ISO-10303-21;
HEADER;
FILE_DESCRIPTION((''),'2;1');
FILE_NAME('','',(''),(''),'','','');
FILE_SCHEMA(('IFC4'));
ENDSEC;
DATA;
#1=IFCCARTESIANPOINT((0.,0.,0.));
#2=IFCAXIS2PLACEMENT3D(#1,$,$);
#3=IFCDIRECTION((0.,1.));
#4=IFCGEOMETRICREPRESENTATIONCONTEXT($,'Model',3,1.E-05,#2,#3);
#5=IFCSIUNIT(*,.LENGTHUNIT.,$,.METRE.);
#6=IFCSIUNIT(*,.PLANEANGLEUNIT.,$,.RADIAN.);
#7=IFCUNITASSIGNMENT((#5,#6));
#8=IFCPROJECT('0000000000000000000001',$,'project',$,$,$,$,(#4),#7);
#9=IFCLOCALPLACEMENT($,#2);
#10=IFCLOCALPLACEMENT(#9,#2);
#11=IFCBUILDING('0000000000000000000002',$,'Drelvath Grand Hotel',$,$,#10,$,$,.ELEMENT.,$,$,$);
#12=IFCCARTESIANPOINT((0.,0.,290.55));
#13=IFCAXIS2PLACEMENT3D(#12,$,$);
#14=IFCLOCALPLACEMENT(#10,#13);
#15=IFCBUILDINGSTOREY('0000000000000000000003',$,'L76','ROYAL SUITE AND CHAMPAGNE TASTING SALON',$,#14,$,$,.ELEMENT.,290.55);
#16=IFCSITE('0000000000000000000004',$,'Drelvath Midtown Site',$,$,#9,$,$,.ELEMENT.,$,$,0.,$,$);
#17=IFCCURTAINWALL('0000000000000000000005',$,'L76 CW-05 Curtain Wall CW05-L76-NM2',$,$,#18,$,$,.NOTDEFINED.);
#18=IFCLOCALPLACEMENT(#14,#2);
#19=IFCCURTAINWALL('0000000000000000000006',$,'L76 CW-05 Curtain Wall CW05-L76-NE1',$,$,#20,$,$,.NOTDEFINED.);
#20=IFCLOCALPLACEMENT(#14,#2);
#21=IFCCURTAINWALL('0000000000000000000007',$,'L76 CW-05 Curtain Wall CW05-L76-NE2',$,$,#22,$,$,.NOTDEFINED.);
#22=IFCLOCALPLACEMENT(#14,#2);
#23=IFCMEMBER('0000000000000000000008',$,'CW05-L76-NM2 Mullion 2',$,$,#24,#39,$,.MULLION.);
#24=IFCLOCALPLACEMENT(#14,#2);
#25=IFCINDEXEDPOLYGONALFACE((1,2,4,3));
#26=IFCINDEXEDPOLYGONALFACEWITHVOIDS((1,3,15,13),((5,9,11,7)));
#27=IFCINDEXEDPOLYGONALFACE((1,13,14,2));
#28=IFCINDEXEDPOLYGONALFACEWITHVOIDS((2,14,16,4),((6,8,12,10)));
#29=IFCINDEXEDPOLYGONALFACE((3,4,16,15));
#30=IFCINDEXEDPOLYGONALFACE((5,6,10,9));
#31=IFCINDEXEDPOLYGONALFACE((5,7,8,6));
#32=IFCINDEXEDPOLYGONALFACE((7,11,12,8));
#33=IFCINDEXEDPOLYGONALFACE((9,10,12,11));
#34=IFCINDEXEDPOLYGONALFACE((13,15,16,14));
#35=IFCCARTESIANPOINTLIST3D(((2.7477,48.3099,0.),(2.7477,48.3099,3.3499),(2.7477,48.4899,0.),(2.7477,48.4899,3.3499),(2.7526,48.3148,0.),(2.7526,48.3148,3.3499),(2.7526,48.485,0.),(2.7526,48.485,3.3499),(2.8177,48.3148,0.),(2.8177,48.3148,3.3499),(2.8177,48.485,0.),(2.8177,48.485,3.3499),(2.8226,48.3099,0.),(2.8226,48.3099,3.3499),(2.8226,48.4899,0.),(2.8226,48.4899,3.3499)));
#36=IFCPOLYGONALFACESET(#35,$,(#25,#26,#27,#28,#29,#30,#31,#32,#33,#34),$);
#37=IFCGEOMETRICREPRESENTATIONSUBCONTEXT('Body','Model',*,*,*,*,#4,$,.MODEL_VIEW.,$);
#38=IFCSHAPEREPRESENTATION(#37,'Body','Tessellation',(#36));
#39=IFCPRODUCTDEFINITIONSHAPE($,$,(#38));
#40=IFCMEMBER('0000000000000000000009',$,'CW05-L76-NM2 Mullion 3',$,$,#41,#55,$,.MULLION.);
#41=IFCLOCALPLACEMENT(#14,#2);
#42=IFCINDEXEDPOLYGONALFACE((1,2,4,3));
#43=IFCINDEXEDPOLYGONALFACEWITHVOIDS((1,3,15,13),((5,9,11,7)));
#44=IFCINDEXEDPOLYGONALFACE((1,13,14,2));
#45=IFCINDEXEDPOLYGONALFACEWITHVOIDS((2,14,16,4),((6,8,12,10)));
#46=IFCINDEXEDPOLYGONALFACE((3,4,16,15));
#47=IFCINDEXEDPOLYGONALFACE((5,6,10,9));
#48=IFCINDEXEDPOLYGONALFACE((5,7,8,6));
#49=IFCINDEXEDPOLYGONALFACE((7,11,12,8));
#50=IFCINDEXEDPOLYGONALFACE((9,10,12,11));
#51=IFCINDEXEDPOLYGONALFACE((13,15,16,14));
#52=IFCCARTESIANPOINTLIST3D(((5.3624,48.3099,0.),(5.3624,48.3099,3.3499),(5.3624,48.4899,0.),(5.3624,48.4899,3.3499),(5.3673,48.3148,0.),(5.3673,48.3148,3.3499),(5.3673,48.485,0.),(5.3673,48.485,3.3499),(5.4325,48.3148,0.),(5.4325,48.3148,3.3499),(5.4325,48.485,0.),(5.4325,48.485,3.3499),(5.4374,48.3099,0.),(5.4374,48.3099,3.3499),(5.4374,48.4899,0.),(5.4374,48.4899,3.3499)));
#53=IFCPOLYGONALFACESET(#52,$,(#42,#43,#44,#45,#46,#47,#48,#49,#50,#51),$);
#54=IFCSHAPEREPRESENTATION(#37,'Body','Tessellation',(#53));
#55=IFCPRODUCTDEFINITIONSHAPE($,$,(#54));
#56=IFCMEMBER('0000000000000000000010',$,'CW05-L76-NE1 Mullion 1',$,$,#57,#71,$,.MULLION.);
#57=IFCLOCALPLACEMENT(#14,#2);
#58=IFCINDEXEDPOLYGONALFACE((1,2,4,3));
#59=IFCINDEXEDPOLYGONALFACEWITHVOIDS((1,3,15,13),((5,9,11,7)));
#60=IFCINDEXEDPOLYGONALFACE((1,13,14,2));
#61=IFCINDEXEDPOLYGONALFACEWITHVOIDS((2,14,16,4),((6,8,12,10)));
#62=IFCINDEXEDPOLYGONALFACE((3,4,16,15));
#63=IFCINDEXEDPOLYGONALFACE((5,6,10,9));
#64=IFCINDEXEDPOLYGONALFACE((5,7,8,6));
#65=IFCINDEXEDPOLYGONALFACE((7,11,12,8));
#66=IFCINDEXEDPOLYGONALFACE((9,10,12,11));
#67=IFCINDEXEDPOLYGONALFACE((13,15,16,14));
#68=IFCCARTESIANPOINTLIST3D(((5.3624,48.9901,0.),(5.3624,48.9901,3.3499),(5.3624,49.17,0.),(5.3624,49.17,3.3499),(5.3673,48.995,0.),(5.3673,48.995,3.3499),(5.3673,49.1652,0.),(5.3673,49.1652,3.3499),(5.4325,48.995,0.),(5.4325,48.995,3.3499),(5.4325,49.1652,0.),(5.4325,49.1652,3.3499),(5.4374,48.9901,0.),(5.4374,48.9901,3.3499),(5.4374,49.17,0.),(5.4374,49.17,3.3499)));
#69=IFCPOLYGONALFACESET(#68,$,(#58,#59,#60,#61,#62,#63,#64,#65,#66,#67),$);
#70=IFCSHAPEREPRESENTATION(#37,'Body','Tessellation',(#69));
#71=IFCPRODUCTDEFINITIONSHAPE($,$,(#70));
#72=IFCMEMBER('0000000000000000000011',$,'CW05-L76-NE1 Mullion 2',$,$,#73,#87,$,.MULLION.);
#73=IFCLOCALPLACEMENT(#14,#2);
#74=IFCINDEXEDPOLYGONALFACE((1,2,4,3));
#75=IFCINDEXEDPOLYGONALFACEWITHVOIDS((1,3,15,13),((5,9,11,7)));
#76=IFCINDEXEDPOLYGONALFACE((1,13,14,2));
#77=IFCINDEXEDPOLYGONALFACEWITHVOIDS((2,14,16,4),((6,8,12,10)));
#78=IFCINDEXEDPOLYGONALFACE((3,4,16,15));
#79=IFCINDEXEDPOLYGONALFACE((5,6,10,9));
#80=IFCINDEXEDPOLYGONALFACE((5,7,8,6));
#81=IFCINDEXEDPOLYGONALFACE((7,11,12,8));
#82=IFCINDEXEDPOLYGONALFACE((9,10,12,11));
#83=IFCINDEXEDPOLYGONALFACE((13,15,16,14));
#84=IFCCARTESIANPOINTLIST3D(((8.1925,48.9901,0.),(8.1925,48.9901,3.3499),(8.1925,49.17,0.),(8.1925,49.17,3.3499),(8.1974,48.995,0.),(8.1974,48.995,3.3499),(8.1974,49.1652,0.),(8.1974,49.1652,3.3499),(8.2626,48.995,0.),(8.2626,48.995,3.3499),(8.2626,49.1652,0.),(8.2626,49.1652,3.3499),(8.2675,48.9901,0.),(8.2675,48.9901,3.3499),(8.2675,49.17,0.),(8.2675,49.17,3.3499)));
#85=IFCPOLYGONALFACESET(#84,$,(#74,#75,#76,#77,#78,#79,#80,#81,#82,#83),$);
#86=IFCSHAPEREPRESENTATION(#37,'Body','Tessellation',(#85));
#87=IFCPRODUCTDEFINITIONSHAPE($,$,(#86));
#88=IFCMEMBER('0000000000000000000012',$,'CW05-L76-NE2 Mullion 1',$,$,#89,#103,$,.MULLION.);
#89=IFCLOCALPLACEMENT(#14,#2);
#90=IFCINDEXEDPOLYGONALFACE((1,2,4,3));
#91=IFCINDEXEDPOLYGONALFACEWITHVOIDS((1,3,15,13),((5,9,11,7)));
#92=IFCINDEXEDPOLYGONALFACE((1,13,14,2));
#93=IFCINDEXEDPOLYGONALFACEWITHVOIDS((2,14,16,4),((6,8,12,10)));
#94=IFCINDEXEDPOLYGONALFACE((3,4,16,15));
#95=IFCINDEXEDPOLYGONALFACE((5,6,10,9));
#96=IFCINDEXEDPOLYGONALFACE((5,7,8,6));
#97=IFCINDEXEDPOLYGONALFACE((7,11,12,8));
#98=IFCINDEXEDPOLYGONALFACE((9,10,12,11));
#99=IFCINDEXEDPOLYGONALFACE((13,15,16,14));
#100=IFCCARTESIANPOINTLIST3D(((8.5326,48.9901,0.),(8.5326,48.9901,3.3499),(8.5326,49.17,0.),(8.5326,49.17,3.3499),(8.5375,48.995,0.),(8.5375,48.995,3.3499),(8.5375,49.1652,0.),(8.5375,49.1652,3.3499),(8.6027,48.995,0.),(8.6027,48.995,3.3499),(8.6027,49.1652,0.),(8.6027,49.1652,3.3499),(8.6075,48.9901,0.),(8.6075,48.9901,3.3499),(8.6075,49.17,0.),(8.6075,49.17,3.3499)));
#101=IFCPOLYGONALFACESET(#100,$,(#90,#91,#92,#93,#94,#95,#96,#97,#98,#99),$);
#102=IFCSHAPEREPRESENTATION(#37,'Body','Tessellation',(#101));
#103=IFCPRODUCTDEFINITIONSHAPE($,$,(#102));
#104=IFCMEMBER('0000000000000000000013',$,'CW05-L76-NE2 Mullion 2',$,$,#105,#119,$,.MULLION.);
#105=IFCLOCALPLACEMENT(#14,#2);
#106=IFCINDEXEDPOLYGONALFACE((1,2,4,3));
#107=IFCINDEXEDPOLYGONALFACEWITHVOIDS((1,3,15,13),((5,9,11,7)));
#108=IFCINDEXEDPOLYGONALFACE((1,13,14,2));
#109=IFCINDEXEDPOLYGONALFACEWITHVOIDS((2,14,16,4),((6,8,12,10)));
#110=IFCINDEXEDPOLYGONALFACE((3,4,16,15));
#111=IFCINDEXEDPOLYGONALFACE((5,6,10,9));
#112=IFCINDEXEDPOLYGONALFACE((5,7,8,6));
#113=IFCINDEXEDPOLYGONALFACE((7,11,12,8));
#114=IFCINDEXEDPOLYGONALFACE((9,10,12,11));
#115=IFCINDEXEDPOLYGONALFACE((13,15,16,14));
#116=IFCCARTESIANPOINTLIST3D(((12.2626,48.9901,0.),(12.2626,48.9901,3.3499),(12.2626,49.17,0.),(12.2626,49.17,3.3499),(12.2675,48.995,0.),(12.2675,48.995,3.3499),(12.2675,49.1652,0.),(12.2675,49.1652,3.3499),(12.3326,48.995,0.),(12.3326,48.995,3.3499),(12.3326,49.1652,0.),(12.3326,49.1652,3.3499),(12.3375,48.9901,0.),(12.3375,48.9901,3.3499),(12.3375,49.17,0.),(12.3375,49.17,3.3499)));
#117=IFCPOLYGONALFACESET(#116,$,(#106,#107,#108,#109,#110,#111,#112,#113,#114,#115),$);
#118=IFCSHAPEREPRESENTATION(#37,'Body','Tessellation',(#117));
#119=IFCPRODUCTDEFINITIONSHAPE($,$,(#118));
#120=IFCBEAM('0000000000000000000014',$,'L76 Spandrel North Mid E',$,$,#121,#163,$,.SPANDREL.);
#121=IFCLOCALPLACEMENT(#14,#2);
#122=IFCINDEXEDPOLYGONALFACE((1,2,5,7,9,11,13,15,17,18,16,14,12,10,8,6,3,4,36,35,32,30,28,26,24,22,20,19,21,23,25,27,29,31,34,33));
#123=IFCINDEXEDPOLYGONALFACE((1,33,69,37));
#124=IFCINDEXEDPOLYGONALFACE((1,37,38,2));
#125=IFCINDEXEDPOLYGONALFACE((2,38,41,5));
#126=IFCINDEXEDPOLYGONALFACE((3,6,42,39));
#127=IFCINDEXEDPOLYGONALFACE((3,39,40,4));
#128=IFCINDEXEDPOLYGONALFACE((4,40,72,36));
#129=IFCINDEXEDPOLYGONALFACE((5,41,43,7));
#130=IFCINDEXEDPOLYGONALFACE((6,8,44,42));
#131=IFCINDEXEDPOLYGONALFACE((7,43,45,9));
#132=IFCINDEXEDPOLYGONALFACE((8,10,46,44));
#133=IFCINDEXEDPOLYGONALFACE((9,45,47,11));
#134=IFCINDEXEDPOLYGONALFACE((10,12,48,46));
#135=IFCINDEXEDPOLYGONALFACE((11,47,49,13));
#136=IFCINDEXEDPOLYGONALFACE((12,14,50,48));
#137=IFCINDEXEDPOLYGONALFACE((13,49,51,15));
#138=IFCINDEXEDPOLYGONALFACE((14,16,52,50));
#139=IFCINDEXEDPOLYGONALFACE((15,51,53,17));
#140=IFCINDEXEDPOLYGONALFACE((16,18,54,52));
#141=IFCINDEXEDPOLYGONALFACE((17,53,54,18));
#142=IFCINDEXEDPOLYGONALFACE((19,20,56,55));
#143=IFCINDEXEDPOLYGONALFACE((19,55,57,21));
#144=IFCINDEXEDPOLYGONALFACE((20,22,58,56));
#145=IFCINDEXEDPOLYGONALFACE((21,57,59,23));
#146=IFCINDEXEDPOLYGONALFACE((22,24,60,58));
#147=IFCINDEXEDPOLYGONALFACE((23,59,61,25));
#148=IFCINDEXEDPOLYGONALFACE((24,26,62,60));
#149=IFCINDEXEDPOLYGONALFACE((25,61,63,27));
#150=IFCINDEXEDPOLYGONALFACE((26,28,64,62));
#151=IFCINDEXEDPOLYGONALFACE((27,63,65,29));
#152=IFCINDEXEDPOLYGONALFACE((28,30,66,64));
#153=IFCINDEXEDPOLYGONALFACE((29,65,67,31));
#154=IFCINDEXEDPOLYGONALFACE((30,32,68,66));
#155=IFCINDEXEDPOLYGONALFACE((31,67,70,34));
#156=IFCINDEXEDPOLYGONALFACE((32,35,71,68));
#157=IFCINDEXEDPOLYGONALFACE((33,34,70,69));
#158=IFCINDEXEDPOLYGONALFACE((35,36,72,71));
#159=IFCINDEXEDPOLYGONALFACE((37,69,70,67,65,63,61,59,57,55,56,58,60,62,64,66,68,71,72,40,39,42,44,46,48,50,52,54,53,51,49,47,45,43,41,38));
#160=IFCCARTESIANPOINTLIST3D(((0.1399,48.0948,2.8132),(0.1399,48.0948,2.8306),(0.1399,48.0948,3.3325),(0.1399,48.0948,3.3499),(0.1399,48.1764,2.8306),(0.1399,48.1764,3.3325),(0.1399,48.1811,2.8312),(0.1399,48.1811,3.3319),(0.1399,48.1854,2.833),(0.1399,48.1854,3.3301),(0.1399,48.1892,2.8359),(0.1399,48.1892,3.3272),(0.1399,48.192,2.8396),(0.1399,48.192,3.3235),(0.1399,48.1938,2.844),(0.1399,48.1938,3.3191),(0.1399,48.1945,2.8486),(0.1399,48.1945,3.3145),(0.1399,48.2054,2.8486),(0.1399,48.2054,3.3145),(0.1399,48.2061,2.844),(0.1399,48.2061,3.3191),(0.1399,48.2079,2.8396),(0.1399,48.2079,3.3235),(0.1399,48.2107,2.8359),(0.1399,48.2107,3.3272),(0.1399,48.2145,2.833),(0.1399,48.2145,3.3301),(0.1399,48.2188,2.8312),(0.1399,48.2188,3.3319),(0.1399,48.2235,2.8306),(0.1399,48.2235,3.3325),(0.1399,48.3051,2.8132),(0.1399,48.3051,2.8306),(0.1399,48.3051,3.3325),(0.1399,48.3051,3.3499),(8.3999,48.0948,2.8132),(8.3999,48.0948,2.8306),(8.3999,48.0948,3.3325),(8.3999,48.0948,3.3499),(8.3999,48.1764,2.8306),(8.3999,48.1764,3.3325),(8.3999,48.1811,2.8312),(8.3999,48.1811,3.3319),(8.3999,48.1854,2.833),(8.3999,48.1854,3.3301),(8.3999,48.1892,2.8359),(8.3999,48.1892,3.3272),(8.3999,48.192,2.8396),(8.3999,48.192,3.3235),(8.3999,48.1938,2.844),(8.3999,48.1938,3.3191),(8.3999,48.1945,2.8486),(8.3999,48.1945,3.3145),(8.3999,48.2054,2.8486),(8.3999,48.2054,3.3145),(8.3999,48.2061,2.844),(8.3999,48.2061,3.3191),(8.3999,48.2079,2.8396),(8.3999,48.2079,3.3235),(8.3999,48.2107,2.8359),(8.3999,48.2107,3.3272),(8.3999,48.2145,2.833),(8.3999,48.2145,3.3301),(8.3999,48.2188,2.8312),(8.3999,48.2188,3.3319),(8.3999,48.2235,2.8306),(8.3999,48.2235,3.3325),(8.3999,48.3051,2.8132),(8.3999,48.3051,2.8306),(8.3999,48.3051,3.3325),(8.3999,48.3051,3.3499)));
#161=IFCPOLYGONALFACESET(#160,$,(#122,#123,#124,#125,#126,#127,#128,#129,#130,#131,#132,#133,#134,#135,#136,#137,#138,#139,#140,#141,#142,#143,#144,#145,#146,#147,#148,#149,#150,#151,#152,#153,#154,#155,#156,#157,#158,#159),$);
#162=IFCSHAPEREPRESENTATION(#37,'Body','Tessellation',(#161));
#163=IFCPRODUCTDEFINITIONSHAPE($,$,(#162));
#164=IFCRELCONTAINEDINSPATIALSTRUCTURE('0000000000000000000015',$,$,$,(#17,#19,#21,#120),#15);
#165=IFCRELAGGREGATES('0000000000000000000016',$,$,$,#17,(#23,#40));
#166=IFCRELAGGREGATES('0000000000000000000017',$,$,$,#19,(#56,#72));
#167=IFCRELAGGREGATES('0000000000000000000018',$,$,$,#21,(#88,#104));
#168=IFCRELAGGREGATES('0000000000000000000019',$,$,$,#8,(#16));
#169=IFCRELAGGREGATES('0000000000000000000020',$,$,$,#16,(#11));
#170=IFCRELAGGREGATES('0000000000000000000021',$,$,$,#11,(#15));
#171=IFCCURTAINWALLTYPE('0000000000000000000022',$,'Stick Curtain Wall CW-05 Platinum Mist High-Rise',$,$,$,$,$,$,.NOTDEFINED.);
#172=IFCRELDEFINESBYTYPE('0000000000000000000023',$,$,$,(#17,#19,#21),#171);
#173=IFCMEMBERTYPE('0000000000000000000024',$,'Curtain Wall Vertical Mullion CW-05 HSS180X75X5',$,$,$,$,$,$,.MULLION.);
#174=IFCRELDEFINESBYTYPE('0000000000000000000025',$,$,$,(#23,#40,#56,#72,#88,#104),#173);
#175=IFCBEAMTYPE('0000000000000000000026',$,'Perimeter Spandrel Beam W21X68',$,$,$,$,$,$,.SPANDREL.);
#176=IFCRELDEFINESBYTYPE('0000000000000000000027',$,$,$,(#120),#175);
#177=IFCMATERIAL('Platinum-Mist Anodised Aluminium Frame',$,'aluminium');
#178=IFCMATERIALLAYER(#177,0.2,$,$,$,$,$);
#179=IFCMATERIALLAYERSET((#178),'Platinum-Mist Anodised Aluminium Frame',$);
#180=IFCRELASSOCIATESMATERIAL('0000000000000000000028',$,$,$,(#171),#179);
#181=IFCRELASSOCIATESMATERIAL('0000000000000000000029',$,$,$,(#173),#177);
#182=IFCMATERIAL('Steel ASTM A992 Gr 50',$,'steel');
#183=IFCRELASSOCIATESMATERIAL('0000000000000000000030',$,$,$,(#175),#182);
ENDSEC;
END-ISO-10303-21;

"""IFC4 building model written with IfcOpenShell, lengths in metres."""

from ifc_helpers import new_model, si_unit, direction, frame, origin, origin_2d, place, context, subcontext, project, spatial, hollow_rectangle, i_section, extrude, material, layer, layer_set, material_profile, profile_set, type_object, element, aggregate, save


model = new_model("IFC4")

# Units and contexts
model_context = context("Model", 3, precision=1e-05, world=origin(), true_north=direction((0.0, 1.0)))
body_context = subcontext(model_context, "Body", "Model", "MODEL_VIEW")
ifc_project = project(units=[si_unit("LENGTHUNIT", "METRE"), si_unit("PLANEANGLEUNIT", "RADIAN")], contexts=[model_context])

# Site, building, storey
site_placement = place(None, origin())
site = spatial("IfcSite", under=ifc_project, at=site_placement, Name="Drelvath Midtown Site", CompositionType="ELEMENT", RefElevation=0.0)
building_placement = place(site_placement, origin())
building = spatial("IfcBuilding", under=site, at=building_placement, Name="Drelvath Grand Hotel", CompositionType="ELEMENT")
storey_placement = place(building_placement, frame((0.0, 0.0, 290.55)))
storey = spatial("IfcBuildingStorey", under=building, at=storey_placement, Name="L76", Description="ROYAL SUITE AND CHAMPAGNE TASTING SALON", CompositionType="ELEMENT", Elevation=290.55)

# Curtain walls
ifc_material_1 = material(Name="Platinum-Mist Anodised Aluminium Frame", Category="aluminium")
ifc_layer_1 = layer(ifc_material_1, 0.2)
ifc_layer_set_1 = layer_set([ifc_layer_1], Name="Platinum-Mist Anodised Aluminium Frame")
curtain_wall_type = type_object("IfcCurtainWallType", Name="Stick Curtain Wall CW-05 Platinum Mist High-Rise", PredefinedType="NOTDEFINED", material=ifc_layer_set_1)
curtain_wall_1_placement = place(storey_placement, origin())
curtain_wall_1 = element("IfcCurtainWall", 1, at=curtain_wall_1_placement, inside=storey, type_object=curtain_wall_type, Name="L76 CW-05 Curtain Wall CW05-L76-NM2", PredefinedType="NOTDEFINED")
curtain_wall_2_placement = place(storey_placement, origin())
curtain_wall_2 = element("IfcCurtainWall", 2, at=curtain_wall_2_placement, inside=storey, type_object=curtain_wall_type, Name="L76 CW-05 Curtain Wall CW05-L76-NE1", PredefinedType="NOTDEFINED")
curtain_wall_3_placement = place(storey_placement, origin())
curtain_wall_3 = element("IfcCurtainWall", 3, at=curtain_wall_3_placement, inside=storey, type_object=curtain_wall_type, Name="L76 CW-05 Curtain Wall CW05-L76-NE2", PredefinedType="NOTDEFINED")
ifc_material_profile_1 = material_profile(ifc_material_1, hollow_rectangle(XDim=0.075, YDim=0.1799, WallThickness=0.0049, at=origin_2d()), Name="HSS180X75X5")
ifc_profile_set_1 = profile_set([ifc_material_profile_1], Name="Platinum-Mist Anodised Aluminium Frame")
member_type_1 = type_object("IfcMemberType", Name="Curtain Wall Vertical Mullion CW-05 HSS180X75X5", PredefinedType="MULLION", material=ifc_profile_set_1)

# Members
member_1_placement = place(storey_placement, frame((2.7852, 48.3999, 0.0), z_axis=(0.0, 0.0, 1.0), x_axis=(1.0, 0.0, 0.0)))
member_1 = element("IfcMember", 4, at=member_1_placement, type_object=member_type_1, Name="CW05-L76-NM2 Mullion 2", PredefinedType="MULLION", context=body_context, shape_type="SweptSolid", body=[
    extrude(hollow_rectangle(XDim=0.075, YDim=0.1799, WallThickness=0.0049, at=origin_2d()), origin(), (0.0, 0.0, 1.0), 3.3499),
])
member_2_placement = place(storey_placement, frame((5.3999, 48.3999, 0.0), z_axis=(0.0, 0.0, 1.0), x_axis=(1.0, 0.0, 0.0)))
member_2 = element("IfcMember", 5, at=member_2_placement, type_object=member_type_1, Name="CW05-L76-NM2 Mullion 3", PredefinedType="MULLION", context=body_context, shape_type="SweptSolid", body=[
    extrude(hollow_rectangle(XDim=0.075, YDim=0.1799, WallThickness=0.0049, at=origin_2d()), origin(), (0.0, 0.0, 1.0), 3.3499),
])
member_3_placement = place(storey_placement, frame((5.3999, 49.0801, 0.0), z_axis=(0.0, 0.0, 1.0), x_axis=(1.0, 0.0, 0.0)))
member_3 = element("IfcMember", 6, at=member_3_placement, type_object=member_type_1, Name="CW05-L76-NE1 Mullion 1", PredefinedType="MULLION", context=body_context, shape_type="SweptSolid", body=[
    extrude(hollow_rectangle(XDim=0.075, YDim=0.1799, WallThickness=0.0049, at=origin_2d()), origin(), (0.0, 0.0, 1.0), 3.3499),
])
member_4_placement = place(storey_placement, frame((8.23, 49.0801, 0.0), z_axis=(0.0, 0.0, 1.0), x_axis=(1.0, 0.0, 0.0)))
member_4 = element("IfcMember", 7, at=member_4_placement, type_object=member_type_1, Name="CW05-L76-NE1 Mullion 2", PredefinedType="MULLION", context=body_context, shape_type="SweptSolid", body=[
    extrude(hollow_rectangle(XDim=0.075, YDim=0.1799, WallThickness=0.0049, at=origin_2d()), origin(), (0.0, 0.0, 1.0), 3.3499),
])
member_5_placement = place(storey_placement, frame((8.5701, 49.0801, 0.0), z_axis=(0.0, 0.0, 1.0), x_axis=(1.0, 0.0, 0.0)))
member_5 = element("IfcMember", 8, at=member_5_placement, type_object=member_type_1, Name="CW05-L76-NE2 Mullion 1", PredefinedType="MULLION", context=body_context, shape_type="SweptSolid", body=[
    extrude(hollow_rectangle(XDim=0.075, YDim=0.1799, WallThickness=0.0049, at=origin_2d()), origin(), (0.0, 0.0, 1.0), 3.3499),
])
member_6_placement = place(storey_placement, frame((12.3, 49.0801, 0.0), z_axis=(0.0, 0.0, 1.0), x_axis=(1.0, 0.0, 0.0)))
member_6 = element("IfcMember", 9, at=member_6_placement, type_object=member_type_1, Name="CW05-L76-NE2 Mullion 2", PredefinedType="MULLION", context=body_context, shape_type="SweptSolid", body=[
    extrude(hollow_rectangle(XDim=0.075, YDim=0.1799, WallThickness=0.0049, at=origin_2d()), origin(), (0.0, 0.0, 1.0), 3.3499),
])

# Beam
ifc_material_2 = material(Name="Steel ASTM A992 Gr 50", Category="steel")
ifc_material_profile_2 = material_profile(ifc_material_2, i_section(OverallWidth=0.2102, OverallDepth=0.5366, WebThickness=0.011, FlangeThickness=0.0173, FilletRadius=0.0181, at=origin_2d()), Name="W21X68")
ifc_profile_set_2 = profile_set([ifc_material_profile_2], Name="Steel ASTM A992 Gr 50")
beam_type_1 = type_object("IfcBeamType", Name="Perimeter Spandrel Beam W21X68", PredefinedType="SPANDREL", material=ifc_profile_set_2)
beam_1_placement = place(storey_placement, frame((0.1399, 48.2, 3.0815), z_axis=(1.0, 0.0, 0.0), x_axis=(0.0, 1.0, 0.0)))
element("IfcBeam", 10, at=beam_1_placement, inside=storey, type_object=beam_type_1, Name="L76 Spandrel North Mid E", PredefinedType="SPANDREL", context=body_context, shape_type="SweptSolid", body=[
    extrude(i_section(OverallWidth=0.2102, OverallDepth=0.5366, WebThickness=0.011, FlangeThickness=0.0173, FilletRadius=0.0181, at=origin_2d()), origin(), (0.0, 0.0, 1.0), 8.26),
])

aggregate(curtain_wall_1, [member_1, member_2])
aggregate(curtain_wall_2, [member_3, member_4])
aggregate(curtain_wall_3, [member_5, member_6])

save(model, "model.ifc")
